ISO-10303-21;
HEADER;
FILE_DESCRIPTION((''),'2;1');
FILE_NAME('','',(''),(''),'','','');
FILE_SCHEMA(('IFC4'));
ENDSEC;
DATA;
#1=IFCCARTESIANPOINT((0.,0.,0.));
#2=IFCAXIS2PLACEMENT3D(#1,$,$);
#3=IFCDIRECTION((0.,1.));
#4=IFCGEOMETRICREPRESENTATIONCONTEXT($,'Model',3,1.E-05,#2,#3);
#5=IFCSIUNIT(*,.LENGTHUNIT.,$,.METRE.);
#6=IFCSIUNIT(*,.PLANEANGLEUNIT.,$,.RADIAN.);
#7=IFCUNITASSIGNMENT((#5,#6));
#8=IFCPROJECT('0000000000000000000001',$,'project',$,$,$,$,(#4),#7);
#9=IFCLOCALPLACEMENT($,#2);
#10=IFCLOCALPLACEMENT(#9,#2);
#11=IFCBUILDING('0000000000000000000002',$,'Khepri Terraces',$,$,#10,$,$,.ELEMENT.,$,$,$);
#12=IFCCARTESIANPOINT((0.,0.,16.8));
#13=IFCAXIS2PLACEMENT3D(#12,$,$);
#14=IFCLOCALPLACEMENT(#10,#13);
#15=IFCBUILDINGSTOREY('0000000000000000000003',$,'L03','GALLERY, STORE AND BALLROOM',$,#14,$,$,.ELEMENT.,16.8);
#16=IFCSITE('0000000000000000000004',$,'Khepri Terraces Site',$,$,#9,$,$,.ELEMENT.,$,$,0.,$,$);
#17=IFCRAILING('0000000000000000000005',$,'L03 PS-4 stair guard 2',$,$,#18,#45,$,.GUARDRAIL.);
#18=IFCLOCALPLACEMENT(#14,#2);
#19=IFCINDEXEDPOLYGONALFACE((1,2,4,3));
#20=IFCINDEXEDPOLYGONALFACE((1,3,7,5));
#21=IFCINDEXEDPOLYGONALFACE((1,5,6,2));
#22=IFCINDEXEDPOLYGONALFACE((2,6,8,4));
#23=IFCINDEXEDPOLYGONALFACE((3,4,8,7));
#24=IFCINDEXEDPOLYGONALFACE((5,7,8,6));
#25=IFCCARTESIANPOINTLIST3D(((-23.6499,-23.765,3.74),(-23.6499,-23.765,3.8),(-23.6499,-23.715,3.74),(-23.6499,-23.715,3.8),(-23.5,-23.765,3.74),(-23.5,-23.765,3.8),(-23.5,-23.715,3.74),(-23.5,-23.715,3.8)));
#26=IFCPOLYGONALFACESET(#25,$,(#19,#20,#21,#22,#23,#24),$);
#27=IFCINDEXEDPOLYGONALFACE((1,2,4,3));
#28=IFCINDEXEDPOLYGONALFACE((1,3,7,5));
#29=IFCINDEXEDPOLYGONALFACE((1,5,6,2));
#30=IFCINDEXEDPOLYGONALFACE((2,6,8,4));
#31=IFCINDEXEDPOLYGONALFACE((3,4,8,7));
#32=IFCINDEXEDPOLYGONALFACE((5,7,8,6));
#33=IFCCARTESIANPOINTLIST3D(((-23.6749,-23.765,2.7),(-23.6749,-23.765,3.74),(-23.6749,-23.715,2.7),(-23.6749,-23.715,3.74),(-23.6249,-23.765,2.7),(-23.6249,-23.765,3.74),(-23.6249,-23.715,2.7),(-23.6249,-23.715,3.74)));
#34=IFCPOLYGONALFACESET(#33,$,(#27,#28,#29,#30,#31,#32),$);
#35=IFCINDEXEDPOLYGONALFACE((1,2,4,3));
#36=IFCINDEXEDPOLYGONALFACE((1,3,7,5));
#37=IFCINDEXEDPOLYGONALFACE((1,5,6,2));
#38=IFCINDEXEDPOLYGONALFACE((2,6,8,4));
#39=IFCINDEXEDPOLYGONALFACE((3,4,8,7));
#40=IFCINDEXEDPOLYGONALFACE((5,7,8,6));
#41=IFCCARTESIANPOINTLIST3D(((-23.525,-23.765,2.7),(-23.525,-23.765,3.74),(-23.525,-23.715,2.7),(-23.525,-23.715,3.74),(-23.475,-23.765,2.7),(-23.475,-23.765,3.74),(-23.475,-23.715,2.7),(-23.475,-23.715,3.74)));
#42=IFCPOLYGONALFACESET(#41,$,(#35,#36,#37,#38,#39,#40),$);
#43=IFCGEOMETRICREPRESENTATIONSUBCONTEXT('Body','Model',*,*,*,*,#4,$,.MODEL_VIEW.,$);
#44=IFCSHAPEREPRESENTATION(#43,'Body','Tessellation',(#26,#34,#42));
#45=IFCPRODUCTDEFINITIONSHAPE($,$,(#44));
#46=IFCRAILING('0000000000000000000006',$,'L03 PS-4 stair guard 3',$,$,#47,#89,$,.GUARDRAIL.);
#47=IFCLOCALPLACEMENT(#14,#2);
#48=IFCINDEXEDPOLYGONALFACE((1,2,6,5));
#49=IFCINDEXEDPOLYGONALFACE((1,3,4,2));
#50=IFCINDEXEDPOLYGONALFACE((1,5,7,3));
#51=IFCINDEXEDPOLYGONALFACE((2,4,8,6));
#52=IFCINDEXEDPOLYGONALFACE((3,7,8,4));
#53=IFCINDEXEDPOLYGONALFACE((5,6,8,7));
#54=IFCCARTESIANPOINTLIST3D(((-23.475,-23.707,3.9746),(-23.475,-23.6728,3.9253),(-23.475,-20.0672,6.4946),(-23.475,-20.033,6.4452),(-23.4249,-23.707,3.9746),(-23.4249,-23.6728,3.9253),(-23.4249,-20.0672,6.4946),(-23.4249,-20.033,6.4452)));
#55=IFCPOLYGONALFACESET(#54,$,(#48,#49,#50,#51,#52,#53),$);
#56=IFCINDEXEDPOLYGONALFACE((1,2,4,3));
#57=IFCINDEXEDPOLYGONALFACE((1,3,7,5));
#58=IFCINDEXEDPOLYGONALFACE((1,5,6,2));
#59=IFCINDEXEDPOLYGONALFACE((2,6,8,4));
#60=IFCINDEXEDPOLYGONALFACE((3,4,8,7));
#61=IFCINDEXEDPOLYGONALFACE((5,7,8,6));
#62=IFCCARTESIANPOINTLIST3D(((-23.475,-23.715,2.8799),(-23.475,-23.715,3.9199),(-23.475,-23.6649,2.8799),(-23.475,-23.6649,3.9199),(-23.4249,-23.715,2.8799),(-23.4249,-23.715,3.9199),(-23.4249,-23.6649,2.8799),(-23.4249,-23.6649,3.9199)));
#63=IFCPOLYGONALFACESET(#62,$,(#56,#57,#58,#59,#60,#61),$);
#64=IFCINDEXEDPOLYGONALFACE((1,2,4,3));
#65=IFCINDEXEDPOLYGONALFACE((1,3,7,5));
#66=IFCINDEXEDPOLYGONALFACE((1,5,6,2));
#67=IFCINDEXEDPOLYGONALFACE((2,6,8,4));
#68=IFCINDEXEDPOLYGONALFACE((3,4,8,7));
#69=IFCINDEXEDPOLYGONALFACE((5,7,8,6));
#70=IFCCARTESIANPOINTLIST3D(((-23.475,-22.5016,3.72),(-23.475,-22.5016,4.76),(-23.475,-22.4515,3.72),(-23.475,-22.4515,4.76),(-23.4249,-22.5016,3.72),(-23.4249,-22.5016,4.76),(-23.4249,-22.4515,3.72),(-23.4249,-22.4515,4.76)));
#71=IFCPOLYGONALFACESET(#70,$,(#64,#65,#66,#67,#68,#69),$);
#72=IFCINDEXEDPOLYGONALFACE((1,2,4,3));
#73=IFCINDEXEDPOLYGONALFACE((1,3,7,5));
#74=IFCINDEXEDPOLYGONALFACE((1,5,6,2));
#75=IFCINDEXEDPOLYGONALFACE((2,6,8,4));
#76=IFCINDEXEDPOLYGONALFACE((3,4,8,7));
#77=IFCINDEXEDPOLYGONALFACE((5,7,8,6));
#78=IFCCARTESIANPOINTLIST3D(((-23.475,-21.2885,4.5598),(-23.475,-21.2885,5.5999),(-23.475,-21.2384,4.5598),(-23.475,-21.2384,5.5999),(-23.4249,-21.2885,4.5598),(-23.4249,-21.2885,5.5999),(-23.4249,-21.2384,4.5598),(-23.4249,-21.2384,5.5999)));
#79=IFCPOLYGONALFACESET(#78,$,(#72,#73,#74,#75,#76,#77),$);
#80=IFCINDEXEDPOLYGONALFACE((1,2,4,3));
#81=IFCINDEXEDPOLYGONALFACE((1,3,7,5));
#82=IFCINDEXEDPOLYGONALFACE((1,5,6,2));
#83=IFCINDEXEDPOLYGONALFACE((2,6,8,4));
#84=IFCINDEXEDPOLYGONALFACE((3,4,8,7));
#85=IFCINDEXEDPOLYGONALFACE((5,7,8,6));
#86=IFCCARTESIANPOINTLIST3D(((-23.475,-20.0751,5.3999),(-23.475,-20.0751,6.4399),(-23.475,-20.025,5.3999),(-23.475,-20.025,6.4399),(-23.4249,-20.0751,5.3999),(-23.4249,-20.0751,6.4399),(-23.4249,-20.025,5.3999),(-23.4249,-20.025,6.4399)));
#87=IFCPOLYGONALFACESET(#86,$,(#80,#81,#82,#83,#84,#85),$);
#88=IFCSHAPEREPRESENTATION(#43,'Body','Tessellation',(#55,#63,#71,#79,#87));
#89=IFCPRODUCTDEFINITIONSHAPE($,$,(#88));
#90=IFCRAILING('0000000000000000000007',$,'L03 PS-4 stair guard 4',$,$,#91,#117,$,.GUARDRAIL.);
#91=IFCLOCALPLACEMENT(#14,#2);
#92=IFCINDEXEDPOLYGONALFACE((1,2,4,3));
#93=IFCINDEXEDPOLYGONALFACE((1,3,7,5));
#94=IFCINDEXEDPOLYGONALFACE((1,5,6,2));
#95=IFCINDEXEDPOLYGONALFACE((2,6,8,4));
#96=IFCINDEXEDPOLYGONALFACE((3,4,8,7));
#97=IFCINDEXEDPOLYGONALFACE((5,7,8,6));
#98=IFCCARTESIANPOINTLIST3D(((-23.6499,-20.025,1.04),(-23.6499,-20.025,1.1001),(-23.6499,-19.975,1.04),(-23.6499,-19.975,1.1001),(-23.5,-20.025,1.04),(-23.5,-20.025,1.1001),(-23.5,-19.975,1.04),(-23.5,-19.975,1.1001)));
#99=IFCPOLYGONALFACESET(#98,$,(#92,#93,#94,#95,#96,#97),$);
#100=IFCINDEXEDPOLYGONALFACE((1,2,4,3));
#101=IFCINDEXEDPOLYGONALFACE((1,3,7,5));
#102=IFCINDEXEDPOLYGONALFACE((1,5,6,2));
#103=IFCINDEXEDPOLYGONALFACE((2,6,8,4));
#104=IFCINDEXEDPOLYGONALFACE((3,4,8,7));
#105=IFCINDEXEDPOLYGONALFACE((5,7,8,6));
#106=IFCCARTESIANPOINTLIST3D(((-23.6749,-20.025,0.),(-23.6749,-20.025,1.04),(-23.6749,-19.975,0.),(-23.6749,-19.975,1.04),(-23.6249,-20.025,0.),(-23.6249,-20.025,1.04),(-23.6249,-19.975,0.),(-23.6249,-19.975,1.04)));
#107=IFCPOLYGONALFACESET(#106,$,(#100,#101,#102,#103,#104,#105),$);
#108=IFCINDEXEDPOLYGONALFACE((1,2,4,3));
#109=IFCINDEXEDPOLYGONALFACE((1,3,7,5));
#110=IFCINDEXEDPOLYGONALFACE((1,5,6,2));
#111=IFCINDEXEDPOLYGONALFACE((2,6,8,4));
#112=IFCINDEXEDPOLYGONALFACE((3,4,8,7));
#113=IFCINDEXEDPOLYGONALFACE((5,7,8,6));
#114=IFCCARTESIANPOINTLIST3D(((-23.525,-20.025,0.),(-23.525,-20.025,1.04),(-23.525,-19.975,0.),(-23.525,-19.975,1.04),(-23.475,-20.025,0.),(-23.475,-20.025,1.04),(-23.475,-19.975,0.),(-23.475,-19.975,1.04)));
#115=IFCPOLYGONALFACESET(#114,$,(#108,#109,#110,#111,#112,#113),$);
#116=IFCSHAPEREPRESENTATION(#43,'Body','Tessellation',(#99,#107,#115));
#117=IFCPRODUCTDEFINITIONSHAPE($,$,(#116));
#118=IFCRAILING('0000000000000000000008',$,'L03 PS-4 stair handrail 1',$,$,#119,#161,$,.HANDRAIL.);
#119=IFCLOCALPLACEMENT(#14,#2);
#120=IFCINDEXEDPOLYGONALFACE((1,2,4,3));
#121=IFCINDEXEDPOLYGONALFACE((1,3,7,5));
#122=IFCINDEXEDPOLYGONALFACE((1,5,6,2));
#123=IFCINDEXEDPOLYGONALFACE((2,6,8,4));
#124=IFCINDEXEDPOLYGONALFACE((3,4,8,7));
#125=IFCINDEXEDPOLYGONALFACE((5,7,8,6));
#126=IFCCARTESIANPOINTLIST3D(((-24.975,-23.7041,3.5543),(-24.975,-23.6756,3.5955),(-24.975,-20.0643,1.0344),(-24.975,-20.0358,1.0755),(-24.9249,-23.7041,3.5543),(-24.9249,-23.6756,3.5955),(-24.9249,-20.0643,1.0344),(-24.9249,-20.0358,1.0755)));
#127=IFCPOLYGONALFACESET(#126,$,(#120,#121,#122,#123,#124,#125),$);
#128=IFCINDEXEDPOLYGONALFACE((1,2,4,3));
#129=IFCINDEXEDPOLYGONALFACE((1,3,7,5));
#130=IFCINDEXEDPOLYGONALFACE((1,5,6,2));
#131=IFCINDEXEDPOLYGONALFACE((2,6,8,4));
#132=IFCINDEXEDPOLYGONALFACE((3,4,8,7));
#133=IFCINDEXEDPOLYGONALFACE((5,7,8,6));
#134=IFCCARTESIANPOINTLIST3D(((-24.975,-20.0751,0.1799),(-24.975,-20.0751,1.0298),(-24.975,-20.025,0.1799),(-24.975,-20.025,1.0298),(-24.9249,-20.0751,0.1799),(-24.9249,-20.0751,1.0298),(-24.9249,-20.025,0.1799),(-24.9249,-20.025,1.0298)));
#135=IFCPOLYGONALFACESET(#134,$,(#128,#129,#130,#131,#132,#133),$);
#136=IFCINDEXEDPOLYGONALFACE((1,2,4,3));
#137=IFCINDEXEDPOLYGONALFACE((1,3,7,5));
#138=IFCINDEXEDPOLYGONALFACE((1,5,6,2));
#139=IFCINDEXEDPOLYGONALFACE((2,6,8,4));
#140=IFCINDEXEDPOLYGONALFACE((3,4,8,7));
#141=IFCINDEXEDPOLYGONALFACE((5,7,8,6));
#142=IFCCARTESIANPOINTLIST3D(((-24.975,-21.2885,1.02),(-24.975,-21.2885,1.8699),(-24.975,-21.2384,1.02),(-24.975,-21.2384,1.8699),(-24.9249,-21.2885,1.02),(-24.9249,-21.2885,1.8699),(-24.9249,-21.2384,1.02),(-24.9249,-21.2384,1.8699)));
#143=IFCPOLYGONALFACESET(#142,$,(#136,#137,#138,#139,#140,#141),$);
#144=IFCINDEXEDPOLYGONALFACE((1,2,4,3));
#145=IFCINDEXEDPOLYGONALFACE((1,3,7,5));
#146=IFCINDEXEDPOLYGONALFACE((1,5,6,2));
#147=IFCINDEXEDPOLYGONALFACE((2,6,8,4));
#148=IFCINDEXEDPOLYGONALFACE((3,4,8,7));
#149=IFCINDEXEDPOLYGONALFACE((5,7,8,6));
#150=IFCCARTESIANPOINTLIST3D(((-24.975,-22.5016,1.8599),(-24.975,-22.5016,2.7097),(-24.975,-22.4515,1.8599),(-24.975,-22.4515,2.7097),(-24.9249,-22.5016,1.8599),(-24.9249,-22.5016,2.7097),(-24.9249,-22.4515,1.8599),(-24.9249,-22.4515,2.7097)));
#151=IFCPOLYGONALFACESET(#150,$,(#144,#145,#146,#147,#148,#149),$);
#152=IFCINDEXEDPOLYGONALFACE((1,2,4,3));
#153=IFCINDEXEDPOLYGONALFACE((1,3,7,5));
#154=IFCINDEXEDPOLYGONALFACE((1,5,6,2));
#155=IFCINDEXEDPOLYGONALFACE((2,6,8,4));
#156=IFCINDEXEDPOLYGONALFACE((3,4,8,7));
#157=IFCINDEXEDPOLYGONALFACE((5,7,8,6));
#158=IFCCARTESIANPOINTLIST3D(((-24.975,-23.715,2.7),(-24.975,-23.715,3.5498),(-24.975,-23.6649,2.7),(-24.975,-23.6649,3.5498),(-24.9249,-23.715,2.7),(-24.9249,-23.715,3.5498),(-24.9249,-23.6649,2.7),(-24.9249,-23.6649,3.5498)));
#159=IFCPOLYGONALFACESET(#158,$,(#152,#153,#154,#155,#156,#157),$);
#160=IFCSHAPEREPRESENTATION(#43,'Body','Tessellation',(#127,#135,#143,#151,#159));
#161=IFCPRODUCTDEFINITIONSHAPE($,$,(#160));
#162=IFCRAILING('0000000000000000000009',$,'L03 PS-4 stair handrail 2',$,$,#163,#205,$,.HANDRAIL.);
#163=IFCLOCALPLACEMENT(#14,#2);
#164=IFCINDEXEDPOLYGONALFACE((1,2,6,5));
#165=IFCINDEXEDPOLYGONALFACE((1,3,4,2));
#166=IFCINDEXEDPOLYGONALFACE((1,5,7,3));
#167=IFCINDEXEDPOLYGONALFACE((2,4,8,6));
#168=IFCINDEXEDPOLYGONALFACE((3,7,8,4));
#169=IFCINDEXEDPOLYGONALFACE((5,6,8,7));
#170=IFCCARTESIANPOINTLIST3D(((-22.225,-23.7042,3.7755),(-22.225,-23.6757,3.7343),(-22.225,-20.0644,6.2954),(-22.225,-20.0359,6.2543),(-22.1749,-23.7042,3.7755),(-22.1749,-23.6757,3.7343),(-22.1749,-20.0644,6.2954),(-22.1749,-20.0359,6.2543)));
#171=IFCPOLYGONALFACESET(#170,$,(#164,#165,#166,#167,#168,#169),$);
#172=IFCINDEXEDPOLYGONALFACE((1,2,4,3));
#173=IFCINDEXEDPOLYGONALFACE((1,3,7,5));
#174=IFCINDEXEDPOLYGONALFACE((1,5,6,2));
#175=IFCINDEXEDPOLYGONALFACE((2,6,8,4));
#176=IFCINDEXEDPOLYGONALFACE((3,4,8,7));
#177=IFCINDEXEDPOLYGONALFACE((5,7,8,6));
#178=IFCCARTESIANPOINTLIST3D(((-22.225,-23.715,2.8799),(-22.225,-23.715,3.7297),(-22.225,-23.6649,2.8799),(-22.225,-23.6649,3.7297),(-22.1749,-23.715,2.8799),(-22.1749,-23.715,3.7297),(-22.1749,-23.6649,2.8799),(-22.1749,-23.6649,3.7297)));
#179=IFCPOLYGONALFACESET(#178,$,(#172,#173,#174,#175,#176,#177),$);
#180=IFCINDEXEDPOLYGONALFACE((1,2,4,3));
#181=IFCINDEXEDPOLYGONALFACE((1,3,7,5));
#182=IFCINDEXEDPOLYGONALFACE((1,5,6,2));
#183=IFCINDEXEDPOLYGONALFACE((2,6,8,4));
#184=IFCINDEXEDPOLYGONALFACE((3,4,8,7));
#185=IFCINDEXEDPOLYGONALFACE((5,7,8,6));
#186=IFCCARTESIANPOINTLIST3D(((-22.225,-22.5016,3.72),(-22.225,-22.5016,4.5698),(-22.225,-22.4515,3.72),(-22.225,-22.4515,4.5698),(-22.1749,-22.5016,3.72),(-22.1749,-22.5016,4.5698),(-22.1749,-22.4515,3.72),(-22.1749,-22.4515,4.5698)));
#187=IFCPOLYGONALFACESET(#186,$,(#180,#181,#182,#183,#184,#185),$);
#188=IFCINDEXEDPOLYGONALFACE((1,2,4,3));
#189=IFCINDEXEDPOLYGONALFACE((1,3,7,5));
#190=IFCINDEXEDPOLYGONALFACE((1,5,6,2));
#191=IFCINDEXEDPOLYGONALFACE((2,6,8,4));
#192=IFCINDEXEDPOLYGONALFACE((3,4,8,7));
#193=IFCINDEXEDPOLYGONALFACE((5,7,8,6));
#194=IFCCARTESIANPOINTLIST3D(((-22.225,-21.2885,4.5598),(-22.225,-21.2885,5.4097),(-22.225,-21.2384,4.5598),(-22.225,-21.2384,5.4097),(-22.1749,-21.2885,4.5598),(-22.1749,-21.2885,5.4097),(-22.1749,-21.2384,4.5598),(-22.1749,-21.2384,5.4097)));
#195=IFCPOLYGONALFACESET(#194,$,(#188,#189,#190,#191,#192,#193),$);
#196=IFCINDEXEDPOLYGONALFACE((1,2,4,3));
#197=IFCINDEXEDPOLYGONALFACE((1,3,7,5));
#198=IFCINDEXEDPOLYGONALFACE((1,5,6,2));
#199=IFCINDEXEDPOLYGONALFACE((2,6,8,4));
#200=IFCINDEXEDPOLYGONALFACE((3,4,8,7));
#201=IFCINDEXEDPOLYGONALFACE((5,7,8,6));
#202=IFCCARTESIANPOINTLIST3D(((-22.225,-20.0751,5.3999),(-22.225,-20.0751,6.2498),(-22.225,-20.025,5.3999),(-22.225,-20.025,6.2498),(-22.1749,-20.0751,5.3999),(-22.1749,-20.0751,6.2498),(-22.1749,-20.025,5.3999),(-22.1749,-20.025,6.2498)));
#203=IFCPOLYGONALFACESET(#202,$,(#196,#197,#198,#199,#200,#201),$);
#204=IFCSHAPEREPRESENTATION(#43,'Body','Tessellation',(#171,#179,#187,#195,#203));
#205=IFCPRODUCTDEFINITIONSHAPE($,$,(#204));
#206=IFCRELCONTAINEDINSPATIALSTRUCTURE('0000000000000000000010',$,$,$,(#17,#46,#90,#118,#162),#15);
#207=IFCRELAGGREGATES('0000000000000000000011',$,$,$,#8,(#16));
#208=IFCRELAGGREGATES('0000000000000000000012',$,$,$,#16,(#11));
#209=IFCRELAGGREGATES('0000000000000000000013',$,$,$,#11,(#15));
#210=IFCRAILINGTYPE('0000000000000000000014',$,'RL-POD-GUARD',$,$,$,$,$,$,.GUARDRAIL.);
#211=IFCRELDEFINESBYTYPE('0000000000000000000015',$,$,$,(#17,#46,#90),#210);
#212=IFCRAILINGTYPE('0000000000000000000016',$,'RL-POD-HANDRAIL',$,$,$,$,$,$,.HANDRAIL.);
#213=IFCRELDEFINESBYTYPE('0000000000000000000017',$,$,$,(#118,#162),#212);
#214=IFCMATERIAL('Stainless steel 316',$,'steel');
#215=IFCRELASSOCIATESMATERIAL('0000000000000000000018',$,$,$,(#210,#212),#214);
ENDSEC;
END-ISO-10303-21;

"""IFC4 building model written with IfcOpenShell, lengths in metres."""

from ifc_helpers import new_model, si_unit, direction, frame, origin, origin_2d, place, context, subcontext, project, spatial, rectangle, extrude, material, type_object, element, save


model = new_model("IFC4")

# Units and contexts
model_context = context("Model", 3, precision=1e-05, world=origin(), true_north=direction((0.0, 1.0)))
body_context = subcontext(model_context, "Body", "Model", "MODEL_VIEW")
ifc_project = project(units=[si_unit("LENGTHUNIT", "METRE"), si_unit("PLANEANGLEUNIT", "RADIAN")], contexts=[model_context])

# Site, building, storey
site_placement = place(None, origin())
site = spatial("IfcSite", under=ifc_project, at=site_placement, Name="Khepri Terraces Site", CompositionType="ELEMENT", RefElevation=0.0)
building_placement = place(site_placement, origin())
building = spatial("IfcBuilding", under=site, at=building_placement, Name="Khepri Terraces", CompositionType="ELEMENT")
storey_placement = place(building_placement, frame((0.0, 0.0, 16.8)))
storey = spatial("IfcBuildingStorey", under=building, at=storey_placement, Name="L03", Description="GALLERY, STORE AND BALLROOM", CompositionType="ELEMENT", Elevation=16.8)

# Railings
ifc_material_1 = material(Name="Stainless steel 316", Category="steel")
railing_type_1 = type_object("IfcRailingType", Name="RL-POD-GUARD", PredefinedType="GUARDRAIL", material=ifc_material_1)
railing_1_placement = place(storey_placement, frame((-23.6499, -23.74, 2.7)))
element("IfcRailing", 1, at=railing_1_placement, inside=storey, type_object=railing_type_1, Name="L03 PS-4 stair guard 2", PredefinedType="GUARDRAIL", context=body_context, shape_type="SweptSolid", body=[
    extrude(rectangle(XDim=0.05, YDim=0.0601, at=origin_2d()), frame((0.0, 0.0, 1.0701), z_axis=(1.0, 0.0, 0.0), x_axis=(0.0, 1.0, 0.0)), (0.0, 0.0, 1.0), 0.1499),
    extrude(rectangle(XDim=0.05, YDim=0.05, at=origin_2d()), origin(), (0.0, 0.0, 1.0), 1.04),
    extrude(rectangle(XDim=0.05, YDim=0.05, at=origin_2d()), frame((0.1499, 0.0, 0.0)), (0.0, 0.0, 1.0), 1.04),
])
railing_2_placement = place(storey_placement, frame((-23.45, -23.6899, 2.8799)))
element("IfcRailing", 2, at=railing_2_placement, inside=storey, type_object=railing_type_1, Name="L03 PS-4 stair guard 3", PredefinedType="GUARDRAIL", context=body_context, shape_type="SweptSolid", body=[
    extrude(rectangle(XDim=0.05, YDim=0.0601, at=origin_2d()), frame((0.0, 0.0, 1.0701), z_axis=(0.0, 0.822182, 0.569224), x_axis=(-1.0, 0.0, 0.0)), (0.0, 0.0, 1.0), 4.427),
    extrude(rectangle(XDim=0.05, YDim=0.05, at=origin_2d()), origin(), (0.0, 0.0, 1.0), 1.04),
    extrude(rectangle(XDim=0.05, YDim=0.05, at=origin_2d()), frame((0.0, 1.2134, 0.8401)), (0.0, 0.0, 1.0), 1.04),
    extrude(rectangle(XDim=0.05, YDim=0.05, at=origin_2d()), frame((0.0, 2.4265, 1.6799)), (0.0, 0.0, 1.0), 1.04),
    extrude(rectangle(XDim=0.05, YDim=0.05, at=origin_2d()), frame((0.0, 3.6399, 2.52)), (0.0, 0.0, 1.0), 1.04),
])
railing_3_placement = place(storey_placement, frame((-23.6499, -20.0, 0.0)))
element("IfcRailing", 3, at=railing_3_placement, inside=storey, type_object=railing_type_1, Name="L03 PS-4 stair guard 4", PredefinedType="GUARDRAIL", context=body_context, shape_type="SweptSolid", body=[
    extrude(rectangle(XDim=0.05, YDim=0.0601, at=origin_2d()), frame((0.0, 0.0, 1.0701), z_axis=(1.0, 0.0, 0.0), x_axis=(0.0, 1.0, 0.0)), (0.0, 0.0, 1.0), 0.1499),
    extrude(rectangle(XDim=0.05, YDim=0.05, at=origin_2d()), origin(), (0.0, 0.0, 1.0), 1.04),
    extrude(rectangle(XDim=0.05, YDim=0.05, at=origin_2d()), frame((0.1499, 0.0, 0.0)), (0.0, 0.0, 1.0), 1.04),
])
railing_type_2 = type_object("IfcRailingType", Name="RL-POD-HANDRAIL", PredefinedType="HANDRAIL", material=ifc_material_1)
railing_4_placement = place(storey_placement, frame((-24.95, -20.05, 0.1799)))
element("IfcRailing", 4, at=railing_4_placement, inside=storey, type_object=railing_type_2, Name="L03 PS-4 stair handrail 1", PredefinedType="HANDRAIL", context=body_context, shape_type="SweptSolid", body=[
    extrude(rectangle(XDim=0.05, YDim=0.05, at=origin_2d()), frame((0.0, 0.0, 0.875), z_axis=(0.0, -0.822182, 0.569224), x_axis=(1.0, 0.0, 0.0)), (0.0, 0.0, 1.0), 4.427),
    extrude(rectangle(XDim=0.05, YDim=0.05, at=origin_2d()), origin(), (0.0, 0.0, 1.0), 0.8499),
    extrude(rectangle(XDim=0.05, YDim=0.05, at=origin_2d()), frame((0.0, -1.2134, 0.8401)), (0.0, 0.0, 1.0), 0.8499),
    extrude(rectangle(XDim=0.05, YDim=0.05, at=origin_2d()), frame((0.0, -2.4265, 1.6799)), (0.0, 0.0, 1.0), 0.8499),
    extrude(rectangle(XDim=0.05, YDim=0.05, at=origin_2d()), frame((0.0, -3.6399, 2.52)), (0.0, 0.0, 1.0), 0.8499),
])
railing_5_placement = place(storey_placement, frame((-22.2, -23.6899, 2.8799)))
element("IfcRailing", 5, at=railing_5_placement, inside=storey, type_object=railing_type_2, Name="L03 PS-4 stair handrail 2", PredefinedType="HANDRAIL", context=body_context, shape_type="SweptSolid", body=[
    extrude(rectangle(XDim=0.05, YDim=0.05, at=origin_2d()), frame((0.0, 0.0, 0.875), z_axis=(0.0, 0.822182, 0.569224), x_axis=(-1.0, 0.0, 0.0)), (0.0, 0.0, 1.0), 4.427),
    extrude(rectangle(XDim=0.05, YDim=0.05, at=origin_2d()), origin(), (0.0, 0.0, 1.0), 0.8499),
    extrude(rectangle(XDim=0.05, YDim=0.05, at=origin_2d()), frame((0.0, 1.2134, 0.8401)), (0.0, 0.0, 1.0), 0.8499),
    extrude(rectangle(XDim=0.05, YDim=0.05, at=origin_2d()), frame((0.0, 2.4265, 1.6799)), (0.0, 0.0, 1.0), 0.8499),
    extrude(rectangle(XDim=0.05, YDim=0.05, at=origin_2d()), frame((0.0, 3.6399, 2.52)), (0.0, 0.0, 1.0), 0.8499),
])

save(model, "model.ifc")
